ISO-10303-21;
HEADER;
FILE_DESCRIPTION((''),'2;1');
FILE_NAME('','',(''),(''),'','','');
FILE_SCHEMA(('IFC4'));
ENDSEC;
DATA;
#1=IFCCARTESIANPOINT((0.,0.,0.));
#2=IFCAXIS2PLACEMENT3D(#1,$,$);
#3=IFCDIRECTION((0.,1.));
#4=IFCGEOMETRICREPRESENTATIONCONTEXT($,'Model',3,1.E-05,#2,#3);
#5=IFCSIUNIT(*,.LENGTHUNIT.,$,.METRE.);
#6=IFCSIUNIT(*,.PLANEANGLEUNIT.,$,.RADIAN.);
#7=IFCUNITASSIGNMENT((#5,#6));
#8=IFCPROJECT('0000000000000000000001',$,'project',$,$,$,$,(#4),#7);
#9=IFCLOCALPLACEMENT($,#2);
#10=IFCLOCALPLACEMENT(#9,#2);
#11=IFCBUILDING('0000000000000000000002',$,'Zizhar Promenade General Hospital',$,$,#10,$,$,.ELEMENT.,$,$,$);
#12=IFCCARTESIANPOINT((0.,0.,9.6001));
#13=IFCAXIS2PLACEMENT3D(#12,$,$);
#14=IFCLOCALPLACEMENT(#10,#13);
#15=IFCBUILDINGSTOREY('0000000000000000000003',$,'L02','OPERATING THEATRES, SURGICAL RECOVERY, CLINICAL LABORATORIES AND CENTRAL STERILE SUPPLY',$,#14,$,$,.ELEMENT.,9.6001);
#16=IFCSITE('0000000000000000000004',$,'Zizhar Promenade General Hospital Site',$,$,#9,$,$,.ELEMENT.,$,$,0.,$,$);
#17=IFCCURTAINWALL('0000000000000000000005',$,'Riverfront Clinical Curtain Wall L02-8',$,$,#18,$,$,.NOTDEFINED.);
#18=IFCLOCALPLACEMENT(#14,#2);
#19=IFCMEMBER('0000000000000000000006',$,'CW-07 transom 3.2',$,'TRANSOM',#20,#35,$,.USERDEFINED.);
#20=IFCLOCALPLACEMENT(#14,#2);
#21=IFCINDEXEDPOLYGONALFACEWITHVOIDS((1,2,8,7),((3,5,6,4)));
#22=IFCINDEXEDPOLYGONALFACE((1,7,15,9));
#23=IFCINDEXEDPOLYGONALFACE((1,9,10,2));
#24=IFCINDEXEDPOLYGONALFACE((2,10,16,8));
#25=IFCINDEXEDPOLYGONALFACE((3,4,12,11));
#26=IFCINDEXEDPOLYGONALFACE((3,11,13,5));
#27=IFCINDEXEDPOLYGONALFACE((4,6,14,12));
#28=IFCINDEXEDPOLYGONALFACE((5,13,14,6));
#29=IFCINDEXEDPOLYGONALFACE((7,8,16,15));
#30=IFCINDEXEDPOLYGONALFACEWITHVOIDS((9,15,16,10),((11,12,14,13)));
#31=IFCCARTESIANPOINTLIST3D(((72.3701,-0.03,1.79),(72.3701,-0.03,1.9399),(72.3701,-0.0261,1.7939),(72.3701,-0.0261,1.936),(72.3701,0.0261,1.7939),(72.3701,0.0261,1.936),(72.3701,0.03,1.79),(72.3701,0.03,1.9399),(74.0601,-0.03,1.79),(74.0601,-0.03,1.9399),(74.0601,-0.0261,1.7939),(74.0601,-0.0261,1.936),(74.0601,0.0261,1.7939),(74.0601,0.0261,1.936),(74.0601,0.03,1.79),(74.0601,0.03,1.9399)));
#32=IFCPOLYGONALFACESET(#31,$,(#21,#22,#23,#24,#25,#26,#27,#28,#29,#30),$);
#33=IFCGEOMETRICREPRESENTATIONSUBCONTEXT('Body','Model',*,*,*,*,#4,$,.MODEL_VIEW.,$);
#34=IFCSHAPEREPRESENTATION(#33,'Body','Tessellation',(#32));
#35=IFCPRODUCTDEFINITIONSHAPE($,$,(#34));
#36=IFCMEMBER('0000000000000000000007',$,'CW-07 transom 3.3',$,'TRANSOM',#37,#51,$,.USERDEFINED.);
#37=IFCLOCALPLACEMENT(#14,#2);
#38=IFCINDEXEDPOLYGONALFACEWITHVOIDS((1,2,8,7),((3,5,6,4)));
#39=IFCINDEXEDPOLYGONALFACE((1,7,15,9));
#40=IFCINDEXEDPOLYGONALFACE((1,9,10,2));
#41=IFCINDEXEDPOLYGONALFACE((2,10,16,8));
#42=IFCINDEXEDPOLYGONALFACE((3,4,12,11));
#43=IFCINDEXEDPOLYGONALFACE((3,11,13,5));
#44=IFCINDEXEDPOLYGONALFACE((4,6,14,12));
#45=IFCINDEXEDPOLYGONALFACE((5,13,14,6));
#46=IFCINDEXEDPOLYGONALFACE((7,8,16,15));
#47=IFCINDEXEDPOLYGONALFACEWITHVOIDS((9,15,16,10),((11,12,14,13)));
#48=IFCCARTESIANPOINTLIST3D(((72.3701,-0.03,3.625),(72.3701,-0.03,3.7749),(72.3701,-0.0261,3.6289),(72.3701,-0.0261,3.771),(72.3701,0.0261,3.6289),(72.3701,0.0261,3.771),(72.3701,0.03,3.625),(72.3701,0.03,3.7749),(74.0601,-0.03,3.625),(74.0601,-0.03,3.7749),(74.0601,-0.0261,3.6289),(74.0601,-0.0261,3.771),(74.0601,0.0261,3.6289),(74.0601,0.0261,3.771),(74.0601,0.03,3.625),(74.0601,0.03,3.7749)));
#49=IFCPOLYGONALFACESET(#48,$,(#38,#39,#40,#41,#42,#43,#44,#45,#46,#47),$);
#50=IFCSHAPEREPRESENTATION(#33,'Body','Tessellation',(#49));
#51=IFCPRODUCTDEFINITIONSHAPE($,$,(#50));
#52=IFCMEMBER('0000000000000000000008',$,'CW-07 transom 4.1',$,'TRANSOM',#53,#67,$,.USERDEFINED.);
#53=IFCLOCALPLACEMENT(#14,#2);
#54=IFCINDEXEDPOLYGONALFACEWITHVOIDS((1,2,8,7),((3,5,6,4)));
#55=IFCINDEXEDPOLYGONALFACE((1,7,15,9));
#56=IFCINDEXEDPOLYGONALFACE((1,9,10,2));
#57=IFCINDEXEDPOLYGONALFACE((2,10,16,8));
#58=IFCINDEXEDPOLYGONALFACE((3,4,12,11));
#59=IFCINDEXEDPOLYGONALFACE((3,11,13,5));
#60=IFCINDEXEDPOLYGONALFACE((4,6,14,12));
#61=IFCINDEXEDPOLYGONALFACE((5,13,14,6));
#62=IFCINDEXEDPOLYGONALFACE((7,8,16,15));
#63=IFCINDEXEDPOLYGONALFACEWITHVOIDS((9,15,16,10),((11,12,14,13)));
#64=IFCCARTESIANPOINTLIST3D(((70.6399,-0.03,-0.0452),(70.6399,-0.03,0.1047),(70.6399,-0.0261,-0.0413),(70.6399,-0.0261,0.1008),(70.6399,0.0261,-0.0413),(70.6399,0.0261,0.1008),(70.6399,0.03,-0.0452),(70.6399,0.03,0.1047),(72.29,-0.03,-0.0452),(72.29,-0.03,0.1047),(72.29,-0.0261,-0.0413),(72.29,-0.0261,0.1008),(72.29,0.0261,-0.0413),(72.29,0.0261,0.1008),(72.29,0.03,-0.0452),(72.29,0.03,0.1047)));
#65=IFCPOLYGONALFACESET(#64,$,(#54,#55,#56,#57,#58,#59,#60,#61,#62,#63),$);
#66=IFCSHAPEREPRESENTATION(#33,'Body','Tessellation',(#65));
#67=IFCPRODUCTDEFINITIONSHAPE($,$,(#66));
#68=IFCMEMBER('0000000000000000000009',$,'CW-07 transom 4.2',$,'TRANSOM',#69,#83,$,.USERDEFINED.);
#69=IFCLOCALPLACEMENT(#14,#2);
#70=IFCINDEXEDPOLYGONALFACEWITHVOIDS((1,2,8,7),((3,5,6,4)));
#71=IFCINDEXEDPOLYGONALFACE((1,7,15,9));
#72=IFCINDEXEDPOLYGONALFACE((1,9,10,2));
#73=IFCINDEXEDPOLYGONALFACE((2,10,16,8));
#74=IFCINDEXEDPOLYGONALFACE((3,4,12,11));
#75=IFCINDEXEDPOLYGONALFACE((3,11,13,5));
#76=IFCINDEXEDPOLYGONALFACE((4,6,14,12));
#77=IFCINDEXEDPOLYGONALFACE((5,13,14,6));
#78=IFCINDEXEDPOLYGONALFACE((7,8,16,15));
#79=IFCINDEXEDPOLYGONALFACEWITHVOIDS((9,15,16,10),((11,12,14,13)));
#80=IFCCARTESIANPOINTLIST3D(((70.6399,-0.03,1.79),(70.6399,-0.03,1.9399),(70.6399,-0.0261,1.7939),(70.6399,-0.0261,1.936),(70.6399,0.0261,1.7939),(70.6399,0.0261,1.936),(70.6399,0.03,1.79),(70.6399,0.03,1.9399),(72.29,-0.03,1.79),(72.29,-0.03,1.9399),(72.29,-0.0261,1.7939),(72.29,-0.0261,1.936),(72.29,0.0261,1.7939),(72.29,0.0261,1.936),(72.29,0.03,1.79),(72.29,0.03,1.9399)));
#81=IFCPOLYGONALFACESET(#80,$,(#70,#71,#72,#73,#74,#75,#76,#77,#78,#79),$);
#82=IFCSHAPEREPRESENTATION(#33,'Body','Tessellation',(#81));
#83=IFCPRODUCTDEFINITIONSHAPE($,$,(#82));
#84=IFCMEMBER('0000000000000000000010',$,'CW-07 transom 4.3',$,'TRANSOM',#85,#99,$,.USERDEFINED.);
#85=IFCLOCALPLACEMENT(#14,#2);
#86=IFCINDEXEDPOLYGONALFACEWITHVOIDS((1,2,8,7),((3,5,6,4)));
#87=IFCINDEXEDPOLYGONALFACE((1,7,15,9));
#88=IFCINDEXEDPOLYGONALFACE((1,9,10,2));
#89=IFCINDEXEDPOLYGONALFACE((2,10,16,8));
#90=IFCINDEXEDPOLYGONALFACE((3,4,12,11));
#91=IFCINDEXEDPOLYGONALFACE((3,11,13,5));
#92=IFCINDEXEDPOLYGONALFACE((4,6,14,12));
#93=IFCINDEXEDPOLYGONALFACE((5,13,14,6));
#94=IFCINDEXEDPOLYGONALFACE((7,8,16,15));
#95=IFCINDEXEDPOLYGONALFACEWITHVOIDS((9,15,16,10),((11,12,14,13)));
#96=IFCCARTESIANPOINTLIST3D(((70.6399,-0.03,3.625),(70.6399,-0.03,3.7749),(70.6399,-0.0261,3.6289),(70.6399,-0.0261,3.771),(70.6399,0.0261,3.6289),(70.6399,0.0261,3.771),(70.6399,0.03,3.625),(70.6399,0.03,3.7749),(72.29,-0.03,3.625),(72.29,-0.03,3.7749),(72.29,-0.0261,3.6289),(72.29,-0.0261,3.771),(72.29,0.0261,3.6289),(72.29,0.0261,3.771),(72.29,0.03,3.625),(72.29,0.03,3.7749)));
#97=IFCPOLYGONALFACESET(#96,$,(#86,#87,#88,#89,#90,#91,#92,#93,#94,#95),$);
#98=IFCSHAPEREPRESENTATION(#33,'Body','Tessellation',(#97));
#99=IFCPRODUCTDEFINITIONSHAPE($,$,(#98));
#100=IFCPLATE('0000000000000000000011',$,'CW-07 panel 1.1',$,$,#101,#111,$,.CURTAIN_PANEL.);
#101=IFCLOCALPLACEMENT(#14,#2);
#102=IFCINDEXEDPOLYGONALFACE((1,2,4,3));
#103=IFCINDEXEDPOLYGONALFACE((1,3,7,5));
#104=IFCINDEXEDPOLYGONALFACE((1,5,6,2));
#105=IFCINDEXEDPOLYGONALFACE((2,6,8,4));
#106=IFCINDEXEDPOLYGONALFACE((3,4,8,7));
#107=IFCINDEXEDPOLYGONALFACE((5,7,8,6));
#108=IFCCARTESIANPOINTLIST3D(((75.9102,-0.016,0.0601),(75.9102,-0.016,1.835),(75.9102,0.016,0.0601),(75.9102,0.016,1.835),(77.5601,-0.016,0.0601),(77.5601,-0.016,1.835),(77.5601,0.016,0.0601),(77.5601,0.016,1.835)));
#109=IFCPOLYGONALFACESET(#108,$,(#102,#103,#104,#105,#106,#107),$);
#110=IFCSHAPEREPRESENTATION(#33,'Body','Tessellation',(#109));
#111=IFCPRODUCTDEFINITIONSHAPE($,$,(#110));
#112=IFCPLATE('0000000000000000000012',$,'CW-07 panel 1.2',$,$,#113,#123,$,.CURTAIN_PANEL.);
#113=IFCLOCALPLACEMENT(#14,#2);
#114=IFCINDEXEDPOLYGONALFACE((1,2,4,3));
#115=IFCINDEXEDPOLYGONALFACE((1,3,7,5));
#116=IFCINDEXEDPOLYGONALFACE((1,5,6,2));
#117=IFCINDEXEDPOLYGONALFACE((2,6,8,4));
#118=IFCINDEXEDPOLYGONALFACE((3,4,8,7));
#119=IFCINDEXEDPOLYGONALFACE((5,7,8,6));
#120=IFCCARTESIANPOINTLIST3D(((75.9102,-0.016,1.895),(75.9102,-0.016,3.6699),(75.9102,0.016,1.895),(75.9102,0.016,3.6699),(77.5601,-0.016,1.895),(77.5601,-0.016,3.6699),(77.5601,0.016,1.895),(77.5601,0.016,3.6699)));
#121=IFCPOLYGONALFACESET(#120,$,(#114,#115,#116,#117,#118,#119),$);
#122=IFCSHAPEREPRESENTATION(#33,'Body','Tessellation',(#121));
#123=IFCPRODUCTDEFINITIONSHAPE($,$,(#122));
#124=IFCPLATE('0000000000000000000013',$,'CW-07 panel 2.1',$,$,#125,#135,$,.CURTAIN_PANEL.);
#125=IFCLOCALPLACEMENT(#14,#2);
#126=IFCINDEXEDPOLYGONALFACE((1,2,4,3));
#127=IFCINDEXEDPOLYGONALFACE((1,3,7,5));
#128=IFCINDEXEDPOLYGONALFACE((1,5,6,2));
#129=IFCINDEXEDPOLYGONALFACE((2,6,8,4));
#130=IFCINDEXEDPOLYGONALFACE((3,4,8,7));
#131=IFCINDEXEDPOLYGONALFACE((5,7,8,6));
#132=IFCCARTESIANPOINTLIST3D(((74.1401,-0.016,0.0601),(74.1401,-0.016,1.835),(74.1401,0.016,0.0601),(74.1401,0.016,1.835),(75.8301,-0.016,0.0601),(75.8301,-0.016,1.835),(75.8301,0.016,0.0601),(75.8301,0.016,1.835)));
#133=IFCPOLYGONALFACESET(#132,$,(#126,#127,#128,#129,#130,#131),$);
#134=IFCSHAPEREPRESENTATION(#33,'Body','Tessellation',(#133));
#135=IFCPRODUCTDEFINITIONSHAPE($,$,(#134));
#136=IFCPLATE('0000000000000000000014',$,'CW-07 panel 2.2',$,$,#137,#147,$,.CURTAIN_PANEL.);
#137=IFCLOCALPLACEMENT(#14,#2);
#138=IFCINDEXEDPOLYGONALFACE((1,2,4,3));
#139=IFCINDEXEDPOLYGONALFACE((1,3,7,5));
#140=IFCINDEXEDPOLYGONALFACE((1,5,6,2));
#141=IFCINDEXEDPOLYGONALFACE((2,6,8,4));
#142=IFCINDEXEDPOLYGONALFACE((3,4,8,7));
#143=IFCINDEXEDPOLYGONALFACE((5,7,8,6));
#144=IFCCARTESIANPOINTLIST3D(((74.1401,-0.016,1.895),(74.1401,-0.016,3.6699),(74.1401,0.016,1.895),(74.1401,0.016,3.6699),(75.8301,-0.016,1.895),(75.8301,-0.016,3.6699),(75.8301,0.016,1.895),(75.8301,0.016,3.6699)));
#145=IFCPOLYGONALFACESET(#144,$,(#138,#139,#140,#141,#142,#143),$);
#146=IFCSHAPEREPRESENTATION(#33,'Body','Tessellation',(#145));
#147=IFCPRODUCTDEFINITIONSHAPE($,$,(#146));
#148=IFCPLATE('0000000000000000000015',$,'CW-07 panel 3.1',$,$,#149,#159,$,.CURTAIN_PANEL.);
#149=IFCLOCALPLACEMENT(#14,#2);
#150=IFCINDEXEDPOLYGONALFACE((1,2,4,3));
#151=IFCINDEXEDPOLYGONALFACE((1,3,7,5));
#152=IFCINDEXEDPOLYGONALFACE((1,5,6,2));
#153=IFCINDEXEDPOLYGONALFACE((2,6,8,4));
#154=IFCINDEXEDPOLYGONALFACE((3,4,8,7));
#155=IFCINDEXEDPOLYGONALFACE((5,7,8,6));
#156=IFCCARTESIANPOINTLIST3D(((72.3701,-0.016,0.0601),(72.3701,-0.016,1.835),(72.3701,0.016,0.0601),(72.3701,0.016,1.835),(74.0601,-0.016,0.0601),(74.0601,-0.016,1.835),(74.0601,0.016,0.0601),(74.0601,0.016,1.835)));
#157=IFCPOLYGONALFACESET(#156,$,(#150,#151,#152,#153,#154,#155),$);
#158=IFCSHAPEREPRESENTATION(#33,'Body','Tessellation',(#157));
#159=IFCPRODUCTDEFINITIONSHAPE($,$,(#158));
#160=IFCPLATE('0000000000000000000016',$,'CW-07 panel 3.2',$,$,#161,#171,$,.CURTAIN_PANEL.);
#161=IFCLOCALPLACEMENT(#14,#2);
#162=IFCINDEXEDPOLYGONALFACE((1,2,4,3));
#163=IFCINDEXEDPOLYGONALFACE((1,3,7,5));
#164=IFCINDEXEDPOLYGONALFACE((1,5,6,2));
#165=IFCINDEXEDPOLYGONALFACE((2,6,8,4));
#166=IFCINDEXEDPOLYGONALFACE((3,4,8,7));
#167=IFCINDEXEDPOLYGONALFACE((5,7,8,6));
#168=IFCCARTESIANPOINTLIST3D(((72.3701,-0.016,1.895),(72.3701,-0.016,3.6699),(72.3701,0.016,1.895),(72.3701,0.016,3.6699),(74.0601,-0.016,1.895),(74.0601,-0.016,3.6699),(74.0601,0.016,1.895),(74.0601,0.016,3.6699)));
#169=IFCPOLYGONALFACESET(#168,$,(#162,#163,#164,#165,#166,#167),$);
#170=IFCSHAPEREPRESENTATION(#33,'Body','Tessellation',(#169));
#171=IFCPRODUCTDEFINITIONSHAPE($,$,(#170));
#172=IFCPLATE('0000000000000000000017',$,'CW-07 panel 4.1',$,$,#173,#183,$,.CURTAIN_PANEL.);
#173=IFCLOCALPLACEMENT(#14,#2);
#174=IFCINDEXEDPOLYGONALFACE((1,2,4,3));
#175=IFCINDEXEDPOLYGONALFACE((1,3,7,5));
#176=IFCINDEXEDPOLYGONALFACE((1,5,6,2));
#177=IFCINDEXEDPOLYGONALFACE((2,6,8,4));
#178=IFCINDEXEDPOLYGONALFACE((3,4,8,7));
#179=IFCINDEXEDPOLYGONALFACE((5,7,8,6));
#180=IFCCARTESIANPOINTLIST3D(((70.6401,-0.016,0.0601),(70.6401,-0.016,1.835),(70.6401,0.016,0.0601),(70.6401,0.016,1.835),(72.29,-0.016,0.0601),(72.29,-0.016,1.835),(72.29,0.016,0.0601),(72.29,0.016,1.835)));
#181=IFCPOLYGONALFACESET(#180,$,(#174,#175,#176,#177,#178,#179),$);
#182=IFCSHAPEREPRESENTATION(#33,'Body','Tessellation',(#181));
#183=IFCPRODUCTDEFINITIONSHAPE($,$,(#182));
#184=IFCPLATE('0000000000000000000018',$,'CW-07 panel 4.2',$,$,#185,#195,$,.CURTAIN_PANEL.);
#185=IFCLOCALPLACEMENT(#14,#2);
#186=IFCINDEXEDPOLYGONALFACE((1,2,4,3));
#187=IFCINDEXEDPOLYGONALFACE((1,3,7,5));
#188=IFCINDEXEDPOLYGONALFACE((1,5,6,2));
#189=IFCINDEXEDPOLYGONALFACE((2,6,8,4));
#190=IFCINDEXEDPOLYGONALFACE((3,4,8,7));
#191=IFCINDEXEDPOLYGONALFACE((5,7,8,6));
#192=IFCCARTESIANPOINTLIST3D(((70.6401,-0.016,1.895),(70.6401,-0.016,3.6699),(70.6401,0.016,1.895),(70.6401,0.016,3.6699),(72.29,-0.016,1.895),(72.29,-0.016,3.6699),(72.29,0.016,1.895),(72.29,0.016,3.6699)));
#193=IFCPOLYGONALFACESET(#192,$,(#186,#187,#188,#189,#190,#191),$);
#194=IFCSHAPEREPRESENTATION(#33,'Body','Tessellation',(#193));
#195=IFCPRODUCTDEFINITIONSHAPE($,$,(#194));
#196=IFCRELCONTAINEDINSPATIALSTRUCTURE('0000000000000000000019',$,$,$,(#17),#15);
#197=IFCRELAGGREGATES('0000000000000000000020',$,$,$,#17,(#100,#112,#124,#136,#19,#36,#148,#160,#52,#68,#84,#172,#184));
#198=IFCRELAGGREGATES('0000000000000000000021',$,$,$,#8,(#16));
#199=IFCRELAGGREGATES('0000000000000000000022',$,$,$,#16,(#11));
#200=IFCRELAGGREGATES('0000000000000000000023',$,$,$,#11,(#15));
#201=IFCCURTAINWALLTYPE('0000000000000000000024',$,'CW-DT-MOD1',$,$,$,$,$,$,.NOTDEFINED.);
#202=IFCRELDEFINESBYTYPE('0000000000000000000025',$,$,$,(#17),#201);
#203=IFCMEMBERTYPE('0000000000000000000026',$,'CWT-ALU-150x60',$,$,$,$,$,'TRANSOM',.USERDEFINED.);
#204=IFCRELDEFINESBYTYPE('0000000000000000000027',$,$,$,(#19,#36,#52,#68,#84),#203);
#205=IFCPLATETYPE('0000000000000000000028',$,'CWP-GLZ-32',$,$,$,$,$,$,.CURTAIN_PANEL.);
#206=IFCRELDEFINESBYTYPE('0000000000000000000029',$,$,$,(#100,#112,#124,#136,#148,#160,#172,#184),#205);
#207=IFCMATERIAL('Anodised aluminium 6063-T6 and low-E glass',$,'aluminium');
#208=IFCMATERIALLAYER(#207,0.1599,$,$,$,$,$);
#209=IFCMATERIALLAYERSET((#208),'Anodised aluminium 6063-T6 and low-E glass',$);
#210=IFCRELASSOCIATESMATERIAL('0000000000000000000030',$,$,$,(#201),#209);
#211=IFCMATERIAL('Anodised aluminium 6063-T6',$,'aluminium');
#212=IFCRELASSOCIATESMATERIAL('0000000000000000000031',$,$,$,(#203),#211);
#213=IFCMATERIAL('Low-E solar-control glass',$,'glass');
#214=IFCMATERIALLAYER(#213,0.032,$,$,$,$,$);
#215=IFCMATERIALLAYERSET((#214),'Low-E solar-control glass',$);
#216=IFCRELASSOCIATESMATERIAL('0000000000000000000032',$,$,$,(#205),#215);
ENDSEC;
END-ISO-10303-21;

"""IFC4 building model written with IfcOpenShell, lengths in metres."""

from ifc_helpers import new_model, si_unit, direction, frame, origin, origin_2d, place, context, subcontext, project, spatial, rectangle, hollow_rectangle, extrude, material, layer, layer_set, material_profile, profile_set, type_object, element, aggregate, save


model = new_model("IFC4")

# Units and contexts
model_context = context("Model", 3, precision=1e-05, world=origin(), true_north=direction((0.0, 1.0)))
body_context = subcontext(model_context, "Body", "Model", "MODEL_VIEW")
ifc_project = project(units=[si_unit("LENGTHUNIT", "METRE"), si_unit("PLANEANGLEUNIT", "RADIAN")], contexts=[model_context])

# Site, building, storey
site_placement = place(None, origin())
site = spatial("IfcSite", under=ifc_project, at=site_placement, Name="Zizhar Promenade General Hospital Site", CompositionType="ELEMENT", RefElevation=0.0)
building_placement = place(site_placement, origin())
building = spatial("IfcBuilding", under=site, at=building_placement, Name="Zizhar Promenade General Hospital", CompositionType="ELEMENT")
storey_placement = place(building_placement, frame((0.0, 0.0, 9.6001)))
storey = spatial("IfcBuildingStorey", under=building, at=storey_placement, Name="L02", Description="OPERATING THEATRES, SURGICAL RECOVERY, CLINICAL LABORATORIES AND CENTRAL STERILE SUPPLY", CompositionType="ELEMENT", Elevation=9.6001)

# Curtain wall, members, plates
ifc_material_1 = material(Name="Anodised aluminium 6063-T6 and low-E glass", Category="aluminium")
ifc_layer_1 = layer(ifc_material_1, 0.1599)
ifc_layer_set_1 = layer_set([ifc_layer_1], Name="Anodised aluminium 6063-T6 and low-E glass")
curtain_wall_type = type_object("IfcCurtainWallType", Name="CW-DT-MOD1", PredefinedType="NOTDEFINED", material=ifc_layer_set_1)
curtain_wall_placement = place(storey_placement, origin())
curtain_wall = element("IfcCurtainWall", 1, at=curtain_wall_placement, inside=storey, type_object=curtain_wall_type, Name="Riverfront Clinical Curtain Wall L02-8", PredefinedType="NOTDEFINED")
ifc_material_2 = material(Name="Anodised aluminium 6063-T6", Category="aluminium")
ifc_material_profile_1 = material_profile(ifc_material_2, hollow_rectangle(XDim=0.0601, YDim=0.1499, WallThickness=0.0039, at=origin_2d()))
ifc_profile_set_1 = profile_set([ifc_material_profile_1], Name="Anodised aluminium 6063-T6")
member_type_1 = type_object("IfcMemberType", Name="CWT-ALU-150x60", ElementType="TRANSOM", PredefinedType="USERDEFINED", material=ifc_profile_set_1)
member_1_placement = place(storey_placement, frame((74.0601, 0.0, 1.865), z_axis=(-1.0, 0.0, 0.0), x_axis=(0.0, -1.0, 0.0)))
member_1 = element("IfcMember", 2, at=member_1_placement, type_object=member_type_1, Name="CW-07 transom 3.2", ObjectType="TRANSOM", PredefinedType="USERDEFINED", context=body_context, shape_type="SweptSolid", body=[
    extrude(hollow_rectangle(XDim=0.0601, YDim=0.1499, WallThickness=0.0039, at=origin_2d()), origin(), (0.0, 0.0, 1.0), 1.6899),
])
member_2_placement = place(storey_placement, frame((74.0601, 0.0, 3.7), z_axis=(-1.0, 0.0, 0.0), x_axis=(0.0, -1.0, 0.0)))
member_2 = element("IfcMember", 3, at=member_2_placement, type_object=member_type_1, Name="CW-07 transom 3.3", ObjectType="TRANSOM", PredefinedType="USERDEFINED", context=body_context, shape_type="SweptSolid", body=[
    extrude(hollow_rectangle(XDim=0.0601, YDim=0.1499, WallThickness=0.0039, at=origin_2d()), origin(), (0.0, 0.0, 1.0), 1.6899),
])
member_3_placement = place(storey_placement, frame((72.29, 0.0, 0.0298), z_axis=(-1.0, 0.0, 0.0), x_axis=(0.0, -1.0, 0.0)))
member_3 = element("IfcMember", 4, at=member_3_placement, type_object=member_type_1, Name="CW-07 transom 4.1", ObjectType="TRANSOM", PredefinedType="USERDEFINED", context=body_context, shape_type="SweptSolid", body=[
    extrude(hollow_rectangle(XDim=0.0601, YDim=0.1499, WallThickness=0.0039, at=origin_2d()), origin(), (0.0, 0.0, 1.0), 1.6501),
])
member_4_placement = place(storey_placement, frame((72.29, 0.0, 1.865), z_axis=(-1.0, 0.0, 0.0), x_axis=(0.0, -1.0, 0.0)))
member_4 = element("IfcMember", 5, at=member_4_placement, type_object=member_type_1, Name="CW-07 transom 4.2", ObjectType="TRANSOM", PredefinedType="USERDEFINED", context=body_context, shape_type="SweptSolid", body=[
    extrude(hollow_rectangle(XDim=0.0601, YDim=0.1499, WallThickness=0.0039, at=origin_2d()), origin(), (0.0, 0.0, 1.0), 1.6501),
])
member_5_placement = place(storey_placement, frame((72.29, 0.0, 3.7), z_axis=(-1.0, 0.0, 0.0), x_axis=(0.0, -1.0, 0.0)))
member_5 = element("IfcMember", 6, at=member_5_placement, type_object=member_type_1, Name="CW-07 transom 4.3", ObjectType="TRANSOM", PredefinedType="USERDEFINED", context=body_context, shape_type="SweptSolid", body=[
    extrude(hollow_rectangle(XDim=0.0601, YDim=0.1499, WallThickness=0.0039, at=origin_2d()), origin(), (0.0, 0.0, 1.0), 1.6501),
])
ifc_material_3 = material(Name="Low-E solar-control glass", Category="glass")
ifc_layer_2 = layer(ifc_material_3, 0.032)
ifc_layer_set_2 = layer_set([ifc_layer_2], Name="Low-E solar-control glass")
plate_type = type_object("IfcPlateType", Name="CWP-GLZ-32", PredefinedType="CURTAIN_PANEL", material=ifc_layer_set_2)
plate_1_placement = place(storey_placement, frame((76.7351, 0.0, 0.0601), z_axis=(0.0, 0.0, 1.0), x_axis=(-1.0, 0.0, 0.0)))
plate_1 = element("IfcPlate", 7, at=plate_1_placement, type_object=plate_type, Name="CW-07 panel 1.1", PredefinedType="CURTAIN_PANEL", context=body_context, shape_type="SweptSolid", body=[
    extrude(rectangle(XDim=1.6499, YDim=0.032, at=origin_2d()), origin(), (0.0, 0.0, 1.0), 1.7749),
])
plate_2_placement = place(storey_placement, frame((76.7351, 0.0, 1.895), z_axis=(0.0, 0.0, 1.0), x_axis=(-1.0, 0.0, 0.0)))
plate_2 = element("IfcPlate", 8, at=plate_2_placement, type_object=plate_type, Name="CW-07 panel 1.2", PredefinedType="CURTAIN_PANEL", context=body_context, shape_type="SweptSolid", body=[
    extrude(rectangle(XDim=1.6499, YDim=0.032, at=origin_2d()), origin(), (0.0, 0.0, 1.0), 1.7749),
])
plate_3_placement = place(storey_placement, frame((74.9851, 0.0, 0.0601), z_axis=(0.0, 0.0, 1.0), x_axis=(-1.0, 0.0, 0.0)))
plate_3 = element("IfcPlate", 9, at=plate_3_placement, type_object=plate_type, Name="CW-07 panel 2.1", PredefinedType="CURTAIN_PANEL", context=body_context, shape_type="SweptSolid", body=[
    extrude(rectangle(XDim=1.6899, YDim=0.032, at=origin_2d()), origin(), (0.0, 0.0, 1.0), 1.7749),
])
plate_4_placement = place(storey_placement, frame((74.9851, 0.0, 1.895), z_axis=(0.0, 0.0, 1.0), x_axis=(-1.0, 0.0, 0.0)))
plate_4 = element("IfcPlate", 10, at=plate_4_placement, type_object=plate_type, Name="CW-07 panel 2.2", PredefinedType="CURTAIN_PANEL", context=body_context, shape_type="SweptSolid", body=[
    extrude(rectangle(XDim=1.6899, YDim=0.032, at=origin_2d()), origin(), (0.0, 0.0, 1.0), 1.7749),
])
plate_5_placement = place(storey_placement, frame((73.2151, 0.0, 0.0601), z_axis=(0.0, 0.0, 1.0), x_axis=(-1.0, 0.0, 0.0)))
plate_5 = element("IfcPlate", 11, at=plate_5_placement, type_object=plate_type, Name="CW-07 panel 3.1", PredefinedType="CURTAIN_PANEL", context=body_context, shape_type="SweptSolid", body=[
    extrude(rectangle(XDim=1.6899, YDim=0.032, at=origin_2d()), origin(), (0.0, 0.0, 1.0), 1.7749),
])
plate_6_placement = place(storey_placement, frame((73.2151, 0.0, 1.895), z_axis=(0.0, 0.0, 1.0), x_axis=(-1.0, 0.0, 0.0)))
plate_6 = element("IfcPlate", 12, at=plate_6_placement, type_object=plate_type, Name="CW-07 panel 3.2", PredefinedType="CURTAIN_PANEL", context=body_context, shape_type="SweptSolid", body=[
    extrude(rectangle(XDim=1.6899, YDim=0.032, at=origin_2d()), origin(), (0.0, 0.0, 1.0), 1.7749),
])
plate_7_placement = place(storey_placement, frame((71.4651, 0.0, 0.0601), z_axis=(0.0, 0.0, 1.0), x_axis=(-1.0, 0.0, 0.0)))
plate_7 = element("IfcPlate", 13, at=plate_7_placement, type_object=plate_type, Name="CW-07 panel 4.1", PredefinedType="CURTAIN_PANEL", context=body_context, shape_type="SweptSolid", body=[
    extrude(rectangle(XDim=1.6499, YDim=0.032, at=origin_2d()), origin(), (0.0, 0.0, 1.0), 1.7749),
])
plate_8_placement = place(storey_placement, frame((71.4651, 0.0, 1.895), z_axis=(0.0, 0.0, 1.0), x_axis=(-1.0, 0.0, 0.0)))
plate_8 = element("IfcPlate", 14, at=plate_8_placement, type_object=plate_type, Name="CW-07 panel 4.2", PredefinedType="CURTAIN_PANEL", context=body_context, shape_type="SweptSolid", body=[
    extrude(rectangle(XDim=1.6499, YDim=0.032, at=origin_2d()), origin(), (0.0, 0.0, 1.0), 1.7749),
])
aggregate(curtain_wall, [plate_1, plate_2, plate_3, plate_4, member_1, member_2, plate_5, plate_6, member_3, member_4, member_5, plate_7, plate_8])

save(model, "model.ifc")
